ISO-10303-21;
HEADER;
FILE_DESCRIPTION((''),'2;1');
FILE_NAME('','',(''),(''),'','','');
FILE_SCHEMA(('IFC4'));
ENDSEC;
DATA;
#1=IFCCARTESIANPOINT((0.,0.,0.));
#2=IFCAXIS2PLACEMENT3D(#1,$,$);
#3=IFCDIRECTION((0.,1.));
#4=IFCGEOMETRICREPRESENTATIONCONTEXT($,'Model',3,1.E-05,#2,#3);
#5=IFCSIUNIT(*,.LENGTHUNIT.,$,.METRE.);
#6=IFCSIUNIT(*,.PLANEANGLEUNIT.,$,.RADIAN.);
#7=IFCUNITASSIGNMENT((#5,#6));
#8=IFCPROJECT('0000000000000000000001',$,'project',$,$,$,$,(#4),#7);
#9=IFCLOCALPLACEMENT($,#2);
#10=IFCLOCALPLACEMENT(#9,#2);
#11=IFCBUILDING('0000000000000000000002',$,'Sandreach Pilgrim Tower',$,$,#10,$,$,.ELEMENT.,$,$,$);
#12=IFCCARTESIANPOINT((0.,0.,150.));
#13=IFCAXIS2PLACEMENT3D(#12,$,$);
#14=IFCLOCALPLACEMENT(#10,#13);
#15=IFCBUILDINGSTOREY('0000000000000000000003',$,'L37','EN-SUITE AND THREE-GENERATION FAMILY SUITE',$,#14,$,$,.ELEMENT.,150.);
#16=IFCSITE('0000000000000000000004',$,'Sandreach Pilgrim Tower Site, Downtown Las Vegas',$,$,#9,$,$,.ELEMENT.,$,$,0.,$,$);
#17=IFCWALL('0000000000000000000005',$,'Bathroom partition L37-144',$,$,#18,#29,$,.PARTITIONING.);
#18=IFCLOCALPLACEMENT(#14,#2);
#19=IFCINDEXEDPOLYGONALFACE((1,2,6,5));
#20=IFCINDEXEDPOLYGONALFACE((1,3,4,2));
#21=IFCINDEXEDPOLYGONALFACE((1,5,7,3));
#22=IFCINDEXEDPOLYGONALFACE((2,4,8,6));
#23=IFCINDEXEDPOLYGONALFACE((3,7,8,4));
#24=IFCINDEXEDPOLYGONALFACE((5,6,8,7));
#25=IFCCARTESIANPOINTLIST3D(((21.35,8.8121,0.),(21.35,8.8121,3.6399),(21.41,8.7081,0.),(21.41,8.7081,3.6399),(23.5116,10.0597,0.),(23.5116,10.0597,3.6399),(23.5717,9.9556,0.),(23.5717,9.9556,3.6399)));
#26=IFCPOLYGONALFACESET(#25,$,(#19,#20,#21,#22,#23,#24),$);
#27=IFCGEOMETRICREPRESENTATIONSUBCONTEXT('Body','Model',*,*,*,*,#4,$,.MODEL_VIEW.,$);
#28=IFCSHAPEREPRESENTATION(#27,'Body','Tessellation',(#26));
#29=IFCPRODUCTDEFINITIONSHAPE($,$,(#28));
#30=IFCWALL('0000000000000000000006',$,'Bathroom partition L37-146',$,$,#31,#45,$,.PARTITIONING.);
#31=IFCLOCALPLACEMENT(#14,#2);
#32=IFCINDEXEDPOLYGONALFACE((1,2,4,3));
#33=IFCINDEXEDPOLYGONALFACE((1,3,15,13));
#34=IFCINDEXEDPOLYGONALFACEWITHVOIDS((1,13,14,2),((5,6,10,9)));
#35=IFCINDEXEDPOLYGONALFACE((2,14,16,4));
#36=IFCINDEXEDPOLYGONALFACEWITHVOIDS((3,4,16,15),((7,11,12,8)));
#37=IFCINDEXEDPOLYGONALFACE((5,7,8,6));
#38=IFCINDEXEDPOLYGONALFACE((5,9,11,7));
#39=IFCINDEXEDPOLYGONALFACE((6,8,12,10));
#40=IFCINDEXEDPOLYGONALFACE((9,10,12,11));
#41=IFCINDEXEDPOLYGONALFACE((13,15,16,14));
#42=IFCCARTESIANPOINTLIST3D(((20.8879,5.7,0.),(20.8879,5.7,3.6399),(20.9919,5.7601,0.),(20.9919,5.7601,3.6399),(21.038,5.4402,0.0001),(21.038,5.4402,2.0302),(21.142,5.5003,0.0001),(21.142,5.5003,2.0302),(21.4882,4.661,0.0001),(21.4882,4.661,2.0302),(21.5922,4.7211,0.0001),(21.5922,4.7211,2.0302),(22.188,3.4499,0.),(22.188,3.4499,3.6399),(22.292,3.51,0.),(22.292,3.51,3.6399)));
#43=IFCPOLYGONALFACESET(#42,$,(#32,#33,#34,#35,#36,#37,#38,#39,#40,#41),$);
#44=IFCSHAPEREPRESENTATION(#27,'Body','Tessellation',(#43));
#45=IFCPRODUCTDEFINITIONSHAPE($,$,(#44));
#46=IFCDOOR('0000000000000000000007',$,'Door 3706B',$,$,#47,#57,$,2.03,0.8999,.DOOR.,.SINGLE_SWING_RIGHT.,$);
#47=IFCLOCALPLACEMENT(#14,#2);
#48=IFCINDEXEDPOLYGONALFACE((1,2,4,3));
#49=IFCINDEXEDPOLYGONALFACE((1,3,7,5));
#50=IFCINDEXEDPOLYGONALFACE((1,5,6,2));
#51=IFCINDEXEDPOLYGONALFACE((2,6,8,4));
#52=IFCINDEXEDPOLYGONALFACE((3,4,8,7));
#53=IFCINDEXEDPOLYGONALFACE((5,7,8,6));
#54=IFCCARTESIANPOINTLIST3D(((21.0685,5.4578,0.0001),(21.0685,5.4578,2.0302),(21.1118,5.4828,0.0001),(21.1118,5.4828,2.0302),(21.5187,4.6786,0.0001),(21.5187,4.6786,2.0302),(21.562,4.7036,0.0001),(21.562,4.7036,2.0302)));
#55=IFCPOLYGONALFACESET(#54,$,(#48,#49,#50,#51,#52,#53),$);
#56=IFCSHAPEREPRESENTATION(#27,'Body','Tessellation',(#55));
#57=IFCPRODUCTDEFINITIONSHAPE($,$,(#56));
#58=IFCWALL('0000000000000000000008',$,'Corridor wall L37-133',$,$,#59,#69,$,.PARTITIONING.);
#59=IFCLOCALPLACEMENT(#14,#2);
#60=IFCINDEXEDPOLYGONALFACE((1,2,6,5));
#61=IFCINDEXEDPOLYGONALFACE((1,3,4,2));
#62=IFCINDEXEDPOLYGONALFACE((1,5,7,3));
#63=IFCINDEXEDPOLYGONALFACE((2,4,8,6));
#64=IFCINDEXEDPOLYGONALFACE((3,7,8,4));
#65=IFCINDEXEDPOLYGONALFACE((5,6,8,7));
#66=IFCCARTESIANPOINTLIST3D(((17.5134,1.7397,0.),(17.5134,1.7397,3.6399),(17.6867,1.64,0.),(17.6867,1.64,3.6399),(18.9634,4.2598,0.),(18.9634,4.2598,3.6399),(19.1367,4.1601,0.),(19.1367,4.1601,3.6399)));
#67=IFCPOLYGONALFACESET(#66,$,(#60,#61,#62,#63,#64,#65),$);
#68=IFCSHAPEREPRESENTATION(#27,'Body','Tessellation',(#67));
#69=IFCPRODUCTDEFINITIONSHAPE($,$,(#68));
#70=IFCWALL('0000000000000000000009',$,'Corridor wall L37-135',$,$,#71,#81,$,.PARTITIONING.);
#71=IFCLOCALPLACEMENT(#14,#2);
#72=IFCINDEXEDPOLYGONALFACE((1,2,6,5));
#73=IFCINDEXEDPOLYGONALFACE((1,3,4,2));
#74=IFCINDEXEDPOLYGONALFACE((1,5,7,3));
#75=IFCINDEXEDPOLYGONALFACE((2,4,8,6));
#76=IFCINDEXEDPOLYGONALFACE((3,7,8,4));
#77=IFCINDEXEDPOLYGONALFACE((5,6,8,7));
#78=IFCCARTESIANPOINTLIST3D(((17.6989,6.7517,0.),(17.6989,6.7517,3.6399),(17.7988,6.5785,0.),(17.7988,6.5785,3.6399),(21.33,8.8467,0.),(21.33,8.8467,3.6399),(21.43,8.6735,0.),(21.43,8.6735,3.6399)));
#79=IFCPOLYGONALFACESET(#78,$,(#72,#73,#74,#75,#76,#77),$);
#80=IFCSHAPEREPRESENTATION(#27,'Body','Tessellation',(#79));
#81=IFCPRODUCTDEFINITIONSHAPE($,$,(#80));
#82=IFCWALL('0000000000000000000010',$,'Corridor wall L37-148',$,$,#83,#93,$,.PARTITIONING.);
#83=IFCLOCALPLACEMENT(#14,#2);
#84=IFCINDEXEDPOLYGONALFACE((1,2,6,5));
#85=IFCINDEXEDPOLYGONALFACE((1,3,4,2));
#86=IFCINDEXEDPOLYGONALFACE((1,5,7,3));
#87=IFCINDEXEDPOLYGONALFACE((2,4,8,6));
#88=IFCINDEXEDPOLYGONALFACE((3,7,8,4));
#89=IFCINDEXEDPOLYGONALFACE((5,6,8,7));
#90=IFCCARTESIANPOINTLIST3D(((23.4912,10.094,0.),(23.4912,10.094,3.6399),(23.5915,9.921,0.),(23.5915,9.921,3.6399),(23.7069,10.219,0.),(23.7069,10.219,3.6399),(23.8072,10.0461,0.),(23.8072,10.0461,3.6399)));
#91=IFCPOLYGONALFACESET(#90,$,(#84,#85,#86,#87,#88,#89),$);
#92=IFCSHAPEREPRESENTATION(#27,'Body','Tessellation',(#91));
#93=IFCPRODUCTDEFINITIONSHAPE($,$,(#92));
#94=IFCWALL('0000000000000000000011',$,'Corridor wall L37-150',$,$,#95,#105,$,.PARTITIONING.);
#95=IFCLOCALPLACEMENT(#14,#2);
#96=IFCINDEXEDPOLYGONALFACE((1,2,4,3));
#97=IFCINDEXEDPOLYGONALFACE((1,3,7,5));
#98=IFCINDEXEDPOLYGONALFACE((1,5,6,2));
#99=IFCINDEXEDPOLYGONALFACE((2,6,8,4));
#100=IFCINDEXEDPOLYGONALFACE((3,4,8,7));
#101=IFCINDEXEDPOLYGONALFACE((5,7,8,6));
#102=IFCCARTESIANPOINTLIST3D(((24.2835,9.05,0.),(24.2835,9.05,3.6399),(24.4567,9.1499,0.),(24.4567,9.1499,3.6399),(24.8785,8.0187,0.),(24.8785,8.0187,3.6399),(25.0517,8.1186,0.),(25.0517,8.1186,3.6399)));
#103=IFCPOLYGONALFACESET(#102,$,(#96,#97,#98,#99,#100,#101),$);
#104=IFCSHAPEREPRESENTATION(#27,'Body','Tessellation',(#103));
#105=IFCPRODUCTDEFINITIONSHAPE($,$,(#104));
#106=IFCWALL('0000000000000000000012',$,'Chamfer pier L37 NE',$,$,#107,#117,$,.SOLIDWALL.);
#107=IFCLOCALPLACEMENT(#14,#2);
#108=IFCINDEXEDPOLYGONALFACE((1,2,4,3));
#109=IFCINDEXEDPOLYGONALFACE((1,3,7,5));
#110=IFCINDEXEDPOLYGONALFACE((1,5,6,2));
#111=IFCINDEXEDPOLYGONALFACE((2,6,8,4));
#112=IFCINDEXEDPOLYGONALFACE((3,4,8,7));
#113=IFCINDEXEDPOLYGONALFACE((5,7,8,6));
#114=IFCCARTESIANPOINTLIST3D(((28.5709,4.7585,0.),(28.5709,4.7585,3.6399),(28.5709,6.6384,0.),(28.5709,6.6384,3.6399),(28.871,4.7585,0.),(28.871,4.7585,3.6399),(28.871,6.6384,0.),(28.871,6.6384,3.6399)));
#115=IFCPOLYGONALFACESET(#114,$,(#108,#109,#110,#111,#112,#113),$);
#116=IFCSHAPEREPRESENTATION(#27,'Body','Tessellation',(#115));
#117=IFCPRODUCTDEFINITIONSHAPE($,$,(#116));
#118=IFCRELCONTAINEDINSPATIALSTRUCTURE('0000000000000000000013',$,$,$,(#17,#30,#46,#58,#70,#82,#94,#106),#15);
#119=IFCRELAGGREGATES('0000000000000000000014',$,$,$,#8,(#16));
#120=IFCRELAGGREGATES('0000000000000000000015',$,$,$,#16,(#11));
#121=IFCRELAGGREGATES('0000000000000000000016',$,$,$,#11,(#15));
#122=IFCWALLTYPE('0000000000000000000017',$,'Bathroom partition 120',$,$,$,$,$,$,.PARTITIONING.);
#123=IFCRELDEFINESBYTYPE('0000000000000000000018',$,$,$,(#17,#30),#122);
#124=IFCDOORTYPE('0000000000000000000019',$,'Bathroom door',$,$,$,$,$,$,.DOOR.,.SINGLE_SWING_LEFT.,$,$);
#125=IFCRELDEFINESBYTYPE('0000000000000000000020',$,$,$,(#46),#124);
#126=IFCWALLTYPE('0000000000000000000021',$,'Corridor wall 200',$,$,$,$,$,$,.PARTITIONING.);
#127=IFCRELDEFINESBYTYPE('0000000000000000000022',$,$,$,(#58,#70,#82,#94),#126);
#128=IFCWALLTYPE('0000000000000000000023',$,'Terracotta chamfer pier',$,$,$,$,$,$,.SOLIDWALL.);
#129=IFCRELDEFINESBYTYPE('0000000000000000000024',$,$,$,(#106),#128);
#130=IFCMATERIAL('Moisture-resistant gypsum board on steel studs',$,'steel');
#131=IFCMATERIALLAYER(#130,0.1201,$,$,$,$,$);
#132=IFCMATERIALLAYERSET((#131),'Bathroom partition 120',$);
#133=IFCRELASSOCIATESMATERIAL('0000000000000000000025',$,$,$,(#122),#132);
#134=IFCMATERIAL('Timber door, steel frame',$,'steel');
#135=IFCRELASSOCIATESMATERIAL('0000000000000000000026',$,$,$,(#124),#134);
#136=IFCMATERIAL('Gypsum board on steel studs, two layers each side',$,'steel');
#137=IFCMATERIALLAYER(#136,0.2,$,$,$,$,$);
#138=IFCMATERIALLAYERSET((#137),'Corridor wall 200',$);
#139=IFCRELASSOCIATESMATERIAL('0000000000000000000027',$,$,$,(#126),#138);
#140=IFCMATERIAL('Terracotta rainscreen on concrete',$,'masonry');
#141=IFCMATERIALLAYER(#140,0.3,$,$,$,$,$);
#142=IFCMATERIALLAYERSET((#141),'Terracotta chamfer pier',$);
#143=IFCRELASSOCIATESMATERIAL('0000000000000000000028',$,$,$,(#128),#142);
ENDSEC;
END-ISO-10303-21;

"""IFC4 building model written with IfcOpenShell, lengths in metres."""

from ifc_helpers import new_model, si_unit, direction, frame, frame_2d, origin, place, context, subcontext, project, spatial, rectangle, extrude, material, layer, layer_set, type_object, element, fill, save


model = new_model("IFC4")

# Units and contexts
model_context = context("Model", 3, precision=1e-05, world=origin(), true_north=direction((0.0, 1.0)))
body_context = subcontext(model_context, "Body", "Model", "MODEL_VIEW")
ifc_project = project(units=[si_unit("LENGTHUNIT", "METRE"), si_unit("PLANEANGLEUNIT", "RADIAN")], contexts=[model_context])

# Site, building, storey
site_placement = place(None, origin())
site = spatial("IfcSite", under=ifc_project, at=site_placement, Name="Sandreach Pilgrim Tower Site, Downtown Las Vegas", CompositionType="ELEMENT", RefElevation=0.0)
building_placement = place(site_placement, origin())
building = spatial("IfcBuilding", under=site, at=building_placement, Name="Sandreach Pilgrim Tower", CompositionType="ELEMENT")
storey_placement = place(building_placement, frame((0.0, 0.0, 150.0)))
storey = spatial("IfcBuildingStorey", under=building, at=storey_placement, Name="L37", Description="EN-SUITE AND THREE-GENERATION FAMILY SUITE", CompositionType="ELEMENT", Elevation=150.0)

# Wall
ifc_material_1 = material(Name="Moisture-resistant gypsum board on steel studs", Category="steel")
ifc_layer_1 = layer(ifc_material_1, 0.1201)
ifc_layer_set_1 = layer_set([ifc_layer_1], Name="Bathroom partition 120")
wall_type_1 = type_object("IfcWallType", Name="Bathroom partition 120", PredefinedType="PARTITIONING", material=ifc_layer_set_1)
wall_1_placement = place(storey_placement, frame((21.3799, 8.76, 0.0), z_axis=(0.0, 0.0, 1.0), x_axis=(0.866104, 0.499864, 0.0)))
element("IfcWall", 1, at=wall_1_placement, inside=storey, type_object=wall_type_1, Name="Bathroom partition L37-144", PredefinedType="PARTITIONING", context=body_context, shape_type="SweptSolid", body=[
    extrude(rectangle(XDim=2.4958, YDim=0.1201, at=frame_2d((1.248, 0.0))), origin(), (0.0, 0.0, 1.0), 3.6399),
])

# Wall, opening, door
wall_2_placement = place(storey_placement, frame((22.24, 3.48, 0.0), z_axis=(0.0, 0.0, 1.0), x_axis=(-0.500292, 0.865857, 0.0)))
wall_2 = element("IfcWall", 2, at=wall_2_placement, inside=storey, type_object=wall_type_1, Name="Bathroom partition L37-146", PredefinedType="PARTITIONING", context=body_context, shape_type="SweptSolid", body=[
    extrude(rectangle(XDim=2.5986, YDim=0.1201, at=frame_2d((1.2993, 0.0))), origin(), (0.0, 0.0, 1.0), 3.6399),
])
opening_1_placement = place(wall_2_placement, frame((1.3987, 0.0, 0.0)))
opening_1 = element("IfcOpeningElement", 3, at=opening_1_placement, cuts=wall_2, PredefinedType="OPENING", context=body_context, shape_type="SweptSolid", body=[
    extrude(rectangle(XDim=0.8999, YDim=2.03, at=frame_2d((0.45, 1.0151))), frame((0.0, 0.0601, 0.0), z_axis=(0.0, -1.0, 0.0), x_axis=(1.0, 0.0, 0.0)), (0.0, 0.0, 1.0), 0.1201),
])
ifc_material_2 = material(Name="Timber door, steel frame", Category="steel")
door_type_1 = type_object("IfcDoorType", Name="Bathroom door", OperationType="SINGLE_SWING_LEFT", PredefinedType="DOOR", material=ifc_material_2)
door_1_placement = place(opening_1_placement, origin())
door_1 = element("IfcDoor", 4, at=door_1_placement, inside=storey, type_object=door_type_1, Name="Door 3706B", OperationType="SINGLE_SWING_RIGHT", OverallHeight=2.03, OverallWidth=0.8999, PredefinedType="DOOR", context=body_context, shape_type="SweptSolid", body=[
    extrude(rectangle(XDim=0.8999, YDim=2.03, at=frame_2d((0.45, 1.0151))), frame((0.0, 0.0249, 0.0), z_axis=(0.0, -1.0, 0.0), x_axis=(1.0, 0.0, 0.0)), (0.0, 0.0, 1.0), 0.05),
])
fill(opening_1, door_1)

# Wall
ifc_material_3 = material(Name="Gypsum board on steel studs, two layers each side", Category="steel")
ifc_layer_2 = layer(ifc_material_3, 0.2)
ifc_layer_set_2 = layer_set([ifc_layer_2], Name="Corridor wall 200")
wall_type_2 = type_object("IfcWallType", Name="Corridor wall 200", PredefinedType="PARTITIONING", material=ifc_layer_set_2)
wall_3_placement = place(storey_placement, frame((17.6001, 1.6899, 0.0), z_axis=(0.0, 0.0, 1.0), x_axis=(0.498714, 0.866767, 0.0)))
element("IfcWall", 5, at=wall_3_placement, inside=storey, type_object=wall_type_2, Name="Corridor wall L37-133", PredefinedType="PARTITIONING", context=body_context, shape_type="SweptSolid", body=[
    extrude(rectangle(XDim=2.9075, YDim=0.2, at=frame_2d((1.4536, 0.0))), origin(), (0.0, 0.0, 1.0), 3.6399),
])

# Wall
wall_4_placement = place(storey_placement, frame((17.7488, 6.665, 0.0), z_axis=(0.0, 0.0, 1.0), x_axis=(0.866175, 0.499741, 0.0)))
element("IfcWall", 6, at=wall_4_placement, inside=storey, type_object=wall_type_2, Name="Corridor wall L37-135", PredefinedType="PARTITIONING", context=body_context, shape_type="SweptSolid", body=[
    extrude(rectangle(XDim=4.1921, YDim=0.2, at=frame_2d((2.0962, 0.0))), origin(), (0.0, 0.0, 1.0), 3.6399),
])

# Walls
wall_5_placement = place(storey_placement, frame((23.5415, 10.0076, 0.0), z_axis=(0.0, 0.0, 1.0), x_axis=(0.865091, 0.501615, 0.0)))
element("IfcWall", 7, at=wall_5_placement, inside=storey, type_object=wall_type_2, Name="Corridor wall L37-148", PredefinedType="PARTITIONING", context=body_context, shape_type="SweptSolid", body=[
    extrude(rectangle(XDim=0.2493, YDim=0.2, at=frame_2d((0.1245, 0.0))), origin(), (0.0, 0.0, 1.0), 3.6399),
])
wall_6_placement = place(storey_placement, frame((24.3701, 9.0999, 0.0), z_axis=(0.0, 0.0, 1.0), x_axis=(0.499734, -0.866179, 0.0)))
element("IfcWall", 8, at=wall_6_placement, inside=storey, type_object=wall_type_2, Name="Corridor wall L37-150", PredefinedType="PARTITIONING", context=body_context, shape_type="SweptSolid", body=[
    extrude(rectangle(XDim=1.1907, YDim=0.2, at=frame_2d((0.5952, 0.0))), origin(), (0.0, 0.0, 1.0), 3.6399),
])
ifc_material_4 = material(Name="Terracotta rainscreen on concrete", Category="masonry")
ifc_layer_3 = layer(ifc_material_4, 0.3)
ifc_layer_set_3 = layer_set([ifc_layer_3], Name="Terracotta chamfer pier")
wall_type_3 = type_object("IfcWallType", Name="Terracotta chamfer pier", PredefinedType="SOLIDWALL", material=ifc_layer_set_3)
wall_7_placement = place(storey_placement, frame((28.7209, 6.6384, 0.0), z_axis=(0.0, 0.0, 1.0), x_axis=(0.0, -1.0, 0.0)))
element("IfcWall", 9, at=wall_7_placement, inside=storey, type_object=wall_type_3, Name="Chamfer pier L37 NE", PredefinedType="SOLIDWALL", context=body_context, shape_type="SweptSolid", body=[
    extrude(rectangle(XDim=1.8799, YDim=0.3, at=frame_2d((0.9399, 0.0))), origin(), (0.0, 0.0, 1.0), 3.6399),
])

save(model, "model.ifc")
